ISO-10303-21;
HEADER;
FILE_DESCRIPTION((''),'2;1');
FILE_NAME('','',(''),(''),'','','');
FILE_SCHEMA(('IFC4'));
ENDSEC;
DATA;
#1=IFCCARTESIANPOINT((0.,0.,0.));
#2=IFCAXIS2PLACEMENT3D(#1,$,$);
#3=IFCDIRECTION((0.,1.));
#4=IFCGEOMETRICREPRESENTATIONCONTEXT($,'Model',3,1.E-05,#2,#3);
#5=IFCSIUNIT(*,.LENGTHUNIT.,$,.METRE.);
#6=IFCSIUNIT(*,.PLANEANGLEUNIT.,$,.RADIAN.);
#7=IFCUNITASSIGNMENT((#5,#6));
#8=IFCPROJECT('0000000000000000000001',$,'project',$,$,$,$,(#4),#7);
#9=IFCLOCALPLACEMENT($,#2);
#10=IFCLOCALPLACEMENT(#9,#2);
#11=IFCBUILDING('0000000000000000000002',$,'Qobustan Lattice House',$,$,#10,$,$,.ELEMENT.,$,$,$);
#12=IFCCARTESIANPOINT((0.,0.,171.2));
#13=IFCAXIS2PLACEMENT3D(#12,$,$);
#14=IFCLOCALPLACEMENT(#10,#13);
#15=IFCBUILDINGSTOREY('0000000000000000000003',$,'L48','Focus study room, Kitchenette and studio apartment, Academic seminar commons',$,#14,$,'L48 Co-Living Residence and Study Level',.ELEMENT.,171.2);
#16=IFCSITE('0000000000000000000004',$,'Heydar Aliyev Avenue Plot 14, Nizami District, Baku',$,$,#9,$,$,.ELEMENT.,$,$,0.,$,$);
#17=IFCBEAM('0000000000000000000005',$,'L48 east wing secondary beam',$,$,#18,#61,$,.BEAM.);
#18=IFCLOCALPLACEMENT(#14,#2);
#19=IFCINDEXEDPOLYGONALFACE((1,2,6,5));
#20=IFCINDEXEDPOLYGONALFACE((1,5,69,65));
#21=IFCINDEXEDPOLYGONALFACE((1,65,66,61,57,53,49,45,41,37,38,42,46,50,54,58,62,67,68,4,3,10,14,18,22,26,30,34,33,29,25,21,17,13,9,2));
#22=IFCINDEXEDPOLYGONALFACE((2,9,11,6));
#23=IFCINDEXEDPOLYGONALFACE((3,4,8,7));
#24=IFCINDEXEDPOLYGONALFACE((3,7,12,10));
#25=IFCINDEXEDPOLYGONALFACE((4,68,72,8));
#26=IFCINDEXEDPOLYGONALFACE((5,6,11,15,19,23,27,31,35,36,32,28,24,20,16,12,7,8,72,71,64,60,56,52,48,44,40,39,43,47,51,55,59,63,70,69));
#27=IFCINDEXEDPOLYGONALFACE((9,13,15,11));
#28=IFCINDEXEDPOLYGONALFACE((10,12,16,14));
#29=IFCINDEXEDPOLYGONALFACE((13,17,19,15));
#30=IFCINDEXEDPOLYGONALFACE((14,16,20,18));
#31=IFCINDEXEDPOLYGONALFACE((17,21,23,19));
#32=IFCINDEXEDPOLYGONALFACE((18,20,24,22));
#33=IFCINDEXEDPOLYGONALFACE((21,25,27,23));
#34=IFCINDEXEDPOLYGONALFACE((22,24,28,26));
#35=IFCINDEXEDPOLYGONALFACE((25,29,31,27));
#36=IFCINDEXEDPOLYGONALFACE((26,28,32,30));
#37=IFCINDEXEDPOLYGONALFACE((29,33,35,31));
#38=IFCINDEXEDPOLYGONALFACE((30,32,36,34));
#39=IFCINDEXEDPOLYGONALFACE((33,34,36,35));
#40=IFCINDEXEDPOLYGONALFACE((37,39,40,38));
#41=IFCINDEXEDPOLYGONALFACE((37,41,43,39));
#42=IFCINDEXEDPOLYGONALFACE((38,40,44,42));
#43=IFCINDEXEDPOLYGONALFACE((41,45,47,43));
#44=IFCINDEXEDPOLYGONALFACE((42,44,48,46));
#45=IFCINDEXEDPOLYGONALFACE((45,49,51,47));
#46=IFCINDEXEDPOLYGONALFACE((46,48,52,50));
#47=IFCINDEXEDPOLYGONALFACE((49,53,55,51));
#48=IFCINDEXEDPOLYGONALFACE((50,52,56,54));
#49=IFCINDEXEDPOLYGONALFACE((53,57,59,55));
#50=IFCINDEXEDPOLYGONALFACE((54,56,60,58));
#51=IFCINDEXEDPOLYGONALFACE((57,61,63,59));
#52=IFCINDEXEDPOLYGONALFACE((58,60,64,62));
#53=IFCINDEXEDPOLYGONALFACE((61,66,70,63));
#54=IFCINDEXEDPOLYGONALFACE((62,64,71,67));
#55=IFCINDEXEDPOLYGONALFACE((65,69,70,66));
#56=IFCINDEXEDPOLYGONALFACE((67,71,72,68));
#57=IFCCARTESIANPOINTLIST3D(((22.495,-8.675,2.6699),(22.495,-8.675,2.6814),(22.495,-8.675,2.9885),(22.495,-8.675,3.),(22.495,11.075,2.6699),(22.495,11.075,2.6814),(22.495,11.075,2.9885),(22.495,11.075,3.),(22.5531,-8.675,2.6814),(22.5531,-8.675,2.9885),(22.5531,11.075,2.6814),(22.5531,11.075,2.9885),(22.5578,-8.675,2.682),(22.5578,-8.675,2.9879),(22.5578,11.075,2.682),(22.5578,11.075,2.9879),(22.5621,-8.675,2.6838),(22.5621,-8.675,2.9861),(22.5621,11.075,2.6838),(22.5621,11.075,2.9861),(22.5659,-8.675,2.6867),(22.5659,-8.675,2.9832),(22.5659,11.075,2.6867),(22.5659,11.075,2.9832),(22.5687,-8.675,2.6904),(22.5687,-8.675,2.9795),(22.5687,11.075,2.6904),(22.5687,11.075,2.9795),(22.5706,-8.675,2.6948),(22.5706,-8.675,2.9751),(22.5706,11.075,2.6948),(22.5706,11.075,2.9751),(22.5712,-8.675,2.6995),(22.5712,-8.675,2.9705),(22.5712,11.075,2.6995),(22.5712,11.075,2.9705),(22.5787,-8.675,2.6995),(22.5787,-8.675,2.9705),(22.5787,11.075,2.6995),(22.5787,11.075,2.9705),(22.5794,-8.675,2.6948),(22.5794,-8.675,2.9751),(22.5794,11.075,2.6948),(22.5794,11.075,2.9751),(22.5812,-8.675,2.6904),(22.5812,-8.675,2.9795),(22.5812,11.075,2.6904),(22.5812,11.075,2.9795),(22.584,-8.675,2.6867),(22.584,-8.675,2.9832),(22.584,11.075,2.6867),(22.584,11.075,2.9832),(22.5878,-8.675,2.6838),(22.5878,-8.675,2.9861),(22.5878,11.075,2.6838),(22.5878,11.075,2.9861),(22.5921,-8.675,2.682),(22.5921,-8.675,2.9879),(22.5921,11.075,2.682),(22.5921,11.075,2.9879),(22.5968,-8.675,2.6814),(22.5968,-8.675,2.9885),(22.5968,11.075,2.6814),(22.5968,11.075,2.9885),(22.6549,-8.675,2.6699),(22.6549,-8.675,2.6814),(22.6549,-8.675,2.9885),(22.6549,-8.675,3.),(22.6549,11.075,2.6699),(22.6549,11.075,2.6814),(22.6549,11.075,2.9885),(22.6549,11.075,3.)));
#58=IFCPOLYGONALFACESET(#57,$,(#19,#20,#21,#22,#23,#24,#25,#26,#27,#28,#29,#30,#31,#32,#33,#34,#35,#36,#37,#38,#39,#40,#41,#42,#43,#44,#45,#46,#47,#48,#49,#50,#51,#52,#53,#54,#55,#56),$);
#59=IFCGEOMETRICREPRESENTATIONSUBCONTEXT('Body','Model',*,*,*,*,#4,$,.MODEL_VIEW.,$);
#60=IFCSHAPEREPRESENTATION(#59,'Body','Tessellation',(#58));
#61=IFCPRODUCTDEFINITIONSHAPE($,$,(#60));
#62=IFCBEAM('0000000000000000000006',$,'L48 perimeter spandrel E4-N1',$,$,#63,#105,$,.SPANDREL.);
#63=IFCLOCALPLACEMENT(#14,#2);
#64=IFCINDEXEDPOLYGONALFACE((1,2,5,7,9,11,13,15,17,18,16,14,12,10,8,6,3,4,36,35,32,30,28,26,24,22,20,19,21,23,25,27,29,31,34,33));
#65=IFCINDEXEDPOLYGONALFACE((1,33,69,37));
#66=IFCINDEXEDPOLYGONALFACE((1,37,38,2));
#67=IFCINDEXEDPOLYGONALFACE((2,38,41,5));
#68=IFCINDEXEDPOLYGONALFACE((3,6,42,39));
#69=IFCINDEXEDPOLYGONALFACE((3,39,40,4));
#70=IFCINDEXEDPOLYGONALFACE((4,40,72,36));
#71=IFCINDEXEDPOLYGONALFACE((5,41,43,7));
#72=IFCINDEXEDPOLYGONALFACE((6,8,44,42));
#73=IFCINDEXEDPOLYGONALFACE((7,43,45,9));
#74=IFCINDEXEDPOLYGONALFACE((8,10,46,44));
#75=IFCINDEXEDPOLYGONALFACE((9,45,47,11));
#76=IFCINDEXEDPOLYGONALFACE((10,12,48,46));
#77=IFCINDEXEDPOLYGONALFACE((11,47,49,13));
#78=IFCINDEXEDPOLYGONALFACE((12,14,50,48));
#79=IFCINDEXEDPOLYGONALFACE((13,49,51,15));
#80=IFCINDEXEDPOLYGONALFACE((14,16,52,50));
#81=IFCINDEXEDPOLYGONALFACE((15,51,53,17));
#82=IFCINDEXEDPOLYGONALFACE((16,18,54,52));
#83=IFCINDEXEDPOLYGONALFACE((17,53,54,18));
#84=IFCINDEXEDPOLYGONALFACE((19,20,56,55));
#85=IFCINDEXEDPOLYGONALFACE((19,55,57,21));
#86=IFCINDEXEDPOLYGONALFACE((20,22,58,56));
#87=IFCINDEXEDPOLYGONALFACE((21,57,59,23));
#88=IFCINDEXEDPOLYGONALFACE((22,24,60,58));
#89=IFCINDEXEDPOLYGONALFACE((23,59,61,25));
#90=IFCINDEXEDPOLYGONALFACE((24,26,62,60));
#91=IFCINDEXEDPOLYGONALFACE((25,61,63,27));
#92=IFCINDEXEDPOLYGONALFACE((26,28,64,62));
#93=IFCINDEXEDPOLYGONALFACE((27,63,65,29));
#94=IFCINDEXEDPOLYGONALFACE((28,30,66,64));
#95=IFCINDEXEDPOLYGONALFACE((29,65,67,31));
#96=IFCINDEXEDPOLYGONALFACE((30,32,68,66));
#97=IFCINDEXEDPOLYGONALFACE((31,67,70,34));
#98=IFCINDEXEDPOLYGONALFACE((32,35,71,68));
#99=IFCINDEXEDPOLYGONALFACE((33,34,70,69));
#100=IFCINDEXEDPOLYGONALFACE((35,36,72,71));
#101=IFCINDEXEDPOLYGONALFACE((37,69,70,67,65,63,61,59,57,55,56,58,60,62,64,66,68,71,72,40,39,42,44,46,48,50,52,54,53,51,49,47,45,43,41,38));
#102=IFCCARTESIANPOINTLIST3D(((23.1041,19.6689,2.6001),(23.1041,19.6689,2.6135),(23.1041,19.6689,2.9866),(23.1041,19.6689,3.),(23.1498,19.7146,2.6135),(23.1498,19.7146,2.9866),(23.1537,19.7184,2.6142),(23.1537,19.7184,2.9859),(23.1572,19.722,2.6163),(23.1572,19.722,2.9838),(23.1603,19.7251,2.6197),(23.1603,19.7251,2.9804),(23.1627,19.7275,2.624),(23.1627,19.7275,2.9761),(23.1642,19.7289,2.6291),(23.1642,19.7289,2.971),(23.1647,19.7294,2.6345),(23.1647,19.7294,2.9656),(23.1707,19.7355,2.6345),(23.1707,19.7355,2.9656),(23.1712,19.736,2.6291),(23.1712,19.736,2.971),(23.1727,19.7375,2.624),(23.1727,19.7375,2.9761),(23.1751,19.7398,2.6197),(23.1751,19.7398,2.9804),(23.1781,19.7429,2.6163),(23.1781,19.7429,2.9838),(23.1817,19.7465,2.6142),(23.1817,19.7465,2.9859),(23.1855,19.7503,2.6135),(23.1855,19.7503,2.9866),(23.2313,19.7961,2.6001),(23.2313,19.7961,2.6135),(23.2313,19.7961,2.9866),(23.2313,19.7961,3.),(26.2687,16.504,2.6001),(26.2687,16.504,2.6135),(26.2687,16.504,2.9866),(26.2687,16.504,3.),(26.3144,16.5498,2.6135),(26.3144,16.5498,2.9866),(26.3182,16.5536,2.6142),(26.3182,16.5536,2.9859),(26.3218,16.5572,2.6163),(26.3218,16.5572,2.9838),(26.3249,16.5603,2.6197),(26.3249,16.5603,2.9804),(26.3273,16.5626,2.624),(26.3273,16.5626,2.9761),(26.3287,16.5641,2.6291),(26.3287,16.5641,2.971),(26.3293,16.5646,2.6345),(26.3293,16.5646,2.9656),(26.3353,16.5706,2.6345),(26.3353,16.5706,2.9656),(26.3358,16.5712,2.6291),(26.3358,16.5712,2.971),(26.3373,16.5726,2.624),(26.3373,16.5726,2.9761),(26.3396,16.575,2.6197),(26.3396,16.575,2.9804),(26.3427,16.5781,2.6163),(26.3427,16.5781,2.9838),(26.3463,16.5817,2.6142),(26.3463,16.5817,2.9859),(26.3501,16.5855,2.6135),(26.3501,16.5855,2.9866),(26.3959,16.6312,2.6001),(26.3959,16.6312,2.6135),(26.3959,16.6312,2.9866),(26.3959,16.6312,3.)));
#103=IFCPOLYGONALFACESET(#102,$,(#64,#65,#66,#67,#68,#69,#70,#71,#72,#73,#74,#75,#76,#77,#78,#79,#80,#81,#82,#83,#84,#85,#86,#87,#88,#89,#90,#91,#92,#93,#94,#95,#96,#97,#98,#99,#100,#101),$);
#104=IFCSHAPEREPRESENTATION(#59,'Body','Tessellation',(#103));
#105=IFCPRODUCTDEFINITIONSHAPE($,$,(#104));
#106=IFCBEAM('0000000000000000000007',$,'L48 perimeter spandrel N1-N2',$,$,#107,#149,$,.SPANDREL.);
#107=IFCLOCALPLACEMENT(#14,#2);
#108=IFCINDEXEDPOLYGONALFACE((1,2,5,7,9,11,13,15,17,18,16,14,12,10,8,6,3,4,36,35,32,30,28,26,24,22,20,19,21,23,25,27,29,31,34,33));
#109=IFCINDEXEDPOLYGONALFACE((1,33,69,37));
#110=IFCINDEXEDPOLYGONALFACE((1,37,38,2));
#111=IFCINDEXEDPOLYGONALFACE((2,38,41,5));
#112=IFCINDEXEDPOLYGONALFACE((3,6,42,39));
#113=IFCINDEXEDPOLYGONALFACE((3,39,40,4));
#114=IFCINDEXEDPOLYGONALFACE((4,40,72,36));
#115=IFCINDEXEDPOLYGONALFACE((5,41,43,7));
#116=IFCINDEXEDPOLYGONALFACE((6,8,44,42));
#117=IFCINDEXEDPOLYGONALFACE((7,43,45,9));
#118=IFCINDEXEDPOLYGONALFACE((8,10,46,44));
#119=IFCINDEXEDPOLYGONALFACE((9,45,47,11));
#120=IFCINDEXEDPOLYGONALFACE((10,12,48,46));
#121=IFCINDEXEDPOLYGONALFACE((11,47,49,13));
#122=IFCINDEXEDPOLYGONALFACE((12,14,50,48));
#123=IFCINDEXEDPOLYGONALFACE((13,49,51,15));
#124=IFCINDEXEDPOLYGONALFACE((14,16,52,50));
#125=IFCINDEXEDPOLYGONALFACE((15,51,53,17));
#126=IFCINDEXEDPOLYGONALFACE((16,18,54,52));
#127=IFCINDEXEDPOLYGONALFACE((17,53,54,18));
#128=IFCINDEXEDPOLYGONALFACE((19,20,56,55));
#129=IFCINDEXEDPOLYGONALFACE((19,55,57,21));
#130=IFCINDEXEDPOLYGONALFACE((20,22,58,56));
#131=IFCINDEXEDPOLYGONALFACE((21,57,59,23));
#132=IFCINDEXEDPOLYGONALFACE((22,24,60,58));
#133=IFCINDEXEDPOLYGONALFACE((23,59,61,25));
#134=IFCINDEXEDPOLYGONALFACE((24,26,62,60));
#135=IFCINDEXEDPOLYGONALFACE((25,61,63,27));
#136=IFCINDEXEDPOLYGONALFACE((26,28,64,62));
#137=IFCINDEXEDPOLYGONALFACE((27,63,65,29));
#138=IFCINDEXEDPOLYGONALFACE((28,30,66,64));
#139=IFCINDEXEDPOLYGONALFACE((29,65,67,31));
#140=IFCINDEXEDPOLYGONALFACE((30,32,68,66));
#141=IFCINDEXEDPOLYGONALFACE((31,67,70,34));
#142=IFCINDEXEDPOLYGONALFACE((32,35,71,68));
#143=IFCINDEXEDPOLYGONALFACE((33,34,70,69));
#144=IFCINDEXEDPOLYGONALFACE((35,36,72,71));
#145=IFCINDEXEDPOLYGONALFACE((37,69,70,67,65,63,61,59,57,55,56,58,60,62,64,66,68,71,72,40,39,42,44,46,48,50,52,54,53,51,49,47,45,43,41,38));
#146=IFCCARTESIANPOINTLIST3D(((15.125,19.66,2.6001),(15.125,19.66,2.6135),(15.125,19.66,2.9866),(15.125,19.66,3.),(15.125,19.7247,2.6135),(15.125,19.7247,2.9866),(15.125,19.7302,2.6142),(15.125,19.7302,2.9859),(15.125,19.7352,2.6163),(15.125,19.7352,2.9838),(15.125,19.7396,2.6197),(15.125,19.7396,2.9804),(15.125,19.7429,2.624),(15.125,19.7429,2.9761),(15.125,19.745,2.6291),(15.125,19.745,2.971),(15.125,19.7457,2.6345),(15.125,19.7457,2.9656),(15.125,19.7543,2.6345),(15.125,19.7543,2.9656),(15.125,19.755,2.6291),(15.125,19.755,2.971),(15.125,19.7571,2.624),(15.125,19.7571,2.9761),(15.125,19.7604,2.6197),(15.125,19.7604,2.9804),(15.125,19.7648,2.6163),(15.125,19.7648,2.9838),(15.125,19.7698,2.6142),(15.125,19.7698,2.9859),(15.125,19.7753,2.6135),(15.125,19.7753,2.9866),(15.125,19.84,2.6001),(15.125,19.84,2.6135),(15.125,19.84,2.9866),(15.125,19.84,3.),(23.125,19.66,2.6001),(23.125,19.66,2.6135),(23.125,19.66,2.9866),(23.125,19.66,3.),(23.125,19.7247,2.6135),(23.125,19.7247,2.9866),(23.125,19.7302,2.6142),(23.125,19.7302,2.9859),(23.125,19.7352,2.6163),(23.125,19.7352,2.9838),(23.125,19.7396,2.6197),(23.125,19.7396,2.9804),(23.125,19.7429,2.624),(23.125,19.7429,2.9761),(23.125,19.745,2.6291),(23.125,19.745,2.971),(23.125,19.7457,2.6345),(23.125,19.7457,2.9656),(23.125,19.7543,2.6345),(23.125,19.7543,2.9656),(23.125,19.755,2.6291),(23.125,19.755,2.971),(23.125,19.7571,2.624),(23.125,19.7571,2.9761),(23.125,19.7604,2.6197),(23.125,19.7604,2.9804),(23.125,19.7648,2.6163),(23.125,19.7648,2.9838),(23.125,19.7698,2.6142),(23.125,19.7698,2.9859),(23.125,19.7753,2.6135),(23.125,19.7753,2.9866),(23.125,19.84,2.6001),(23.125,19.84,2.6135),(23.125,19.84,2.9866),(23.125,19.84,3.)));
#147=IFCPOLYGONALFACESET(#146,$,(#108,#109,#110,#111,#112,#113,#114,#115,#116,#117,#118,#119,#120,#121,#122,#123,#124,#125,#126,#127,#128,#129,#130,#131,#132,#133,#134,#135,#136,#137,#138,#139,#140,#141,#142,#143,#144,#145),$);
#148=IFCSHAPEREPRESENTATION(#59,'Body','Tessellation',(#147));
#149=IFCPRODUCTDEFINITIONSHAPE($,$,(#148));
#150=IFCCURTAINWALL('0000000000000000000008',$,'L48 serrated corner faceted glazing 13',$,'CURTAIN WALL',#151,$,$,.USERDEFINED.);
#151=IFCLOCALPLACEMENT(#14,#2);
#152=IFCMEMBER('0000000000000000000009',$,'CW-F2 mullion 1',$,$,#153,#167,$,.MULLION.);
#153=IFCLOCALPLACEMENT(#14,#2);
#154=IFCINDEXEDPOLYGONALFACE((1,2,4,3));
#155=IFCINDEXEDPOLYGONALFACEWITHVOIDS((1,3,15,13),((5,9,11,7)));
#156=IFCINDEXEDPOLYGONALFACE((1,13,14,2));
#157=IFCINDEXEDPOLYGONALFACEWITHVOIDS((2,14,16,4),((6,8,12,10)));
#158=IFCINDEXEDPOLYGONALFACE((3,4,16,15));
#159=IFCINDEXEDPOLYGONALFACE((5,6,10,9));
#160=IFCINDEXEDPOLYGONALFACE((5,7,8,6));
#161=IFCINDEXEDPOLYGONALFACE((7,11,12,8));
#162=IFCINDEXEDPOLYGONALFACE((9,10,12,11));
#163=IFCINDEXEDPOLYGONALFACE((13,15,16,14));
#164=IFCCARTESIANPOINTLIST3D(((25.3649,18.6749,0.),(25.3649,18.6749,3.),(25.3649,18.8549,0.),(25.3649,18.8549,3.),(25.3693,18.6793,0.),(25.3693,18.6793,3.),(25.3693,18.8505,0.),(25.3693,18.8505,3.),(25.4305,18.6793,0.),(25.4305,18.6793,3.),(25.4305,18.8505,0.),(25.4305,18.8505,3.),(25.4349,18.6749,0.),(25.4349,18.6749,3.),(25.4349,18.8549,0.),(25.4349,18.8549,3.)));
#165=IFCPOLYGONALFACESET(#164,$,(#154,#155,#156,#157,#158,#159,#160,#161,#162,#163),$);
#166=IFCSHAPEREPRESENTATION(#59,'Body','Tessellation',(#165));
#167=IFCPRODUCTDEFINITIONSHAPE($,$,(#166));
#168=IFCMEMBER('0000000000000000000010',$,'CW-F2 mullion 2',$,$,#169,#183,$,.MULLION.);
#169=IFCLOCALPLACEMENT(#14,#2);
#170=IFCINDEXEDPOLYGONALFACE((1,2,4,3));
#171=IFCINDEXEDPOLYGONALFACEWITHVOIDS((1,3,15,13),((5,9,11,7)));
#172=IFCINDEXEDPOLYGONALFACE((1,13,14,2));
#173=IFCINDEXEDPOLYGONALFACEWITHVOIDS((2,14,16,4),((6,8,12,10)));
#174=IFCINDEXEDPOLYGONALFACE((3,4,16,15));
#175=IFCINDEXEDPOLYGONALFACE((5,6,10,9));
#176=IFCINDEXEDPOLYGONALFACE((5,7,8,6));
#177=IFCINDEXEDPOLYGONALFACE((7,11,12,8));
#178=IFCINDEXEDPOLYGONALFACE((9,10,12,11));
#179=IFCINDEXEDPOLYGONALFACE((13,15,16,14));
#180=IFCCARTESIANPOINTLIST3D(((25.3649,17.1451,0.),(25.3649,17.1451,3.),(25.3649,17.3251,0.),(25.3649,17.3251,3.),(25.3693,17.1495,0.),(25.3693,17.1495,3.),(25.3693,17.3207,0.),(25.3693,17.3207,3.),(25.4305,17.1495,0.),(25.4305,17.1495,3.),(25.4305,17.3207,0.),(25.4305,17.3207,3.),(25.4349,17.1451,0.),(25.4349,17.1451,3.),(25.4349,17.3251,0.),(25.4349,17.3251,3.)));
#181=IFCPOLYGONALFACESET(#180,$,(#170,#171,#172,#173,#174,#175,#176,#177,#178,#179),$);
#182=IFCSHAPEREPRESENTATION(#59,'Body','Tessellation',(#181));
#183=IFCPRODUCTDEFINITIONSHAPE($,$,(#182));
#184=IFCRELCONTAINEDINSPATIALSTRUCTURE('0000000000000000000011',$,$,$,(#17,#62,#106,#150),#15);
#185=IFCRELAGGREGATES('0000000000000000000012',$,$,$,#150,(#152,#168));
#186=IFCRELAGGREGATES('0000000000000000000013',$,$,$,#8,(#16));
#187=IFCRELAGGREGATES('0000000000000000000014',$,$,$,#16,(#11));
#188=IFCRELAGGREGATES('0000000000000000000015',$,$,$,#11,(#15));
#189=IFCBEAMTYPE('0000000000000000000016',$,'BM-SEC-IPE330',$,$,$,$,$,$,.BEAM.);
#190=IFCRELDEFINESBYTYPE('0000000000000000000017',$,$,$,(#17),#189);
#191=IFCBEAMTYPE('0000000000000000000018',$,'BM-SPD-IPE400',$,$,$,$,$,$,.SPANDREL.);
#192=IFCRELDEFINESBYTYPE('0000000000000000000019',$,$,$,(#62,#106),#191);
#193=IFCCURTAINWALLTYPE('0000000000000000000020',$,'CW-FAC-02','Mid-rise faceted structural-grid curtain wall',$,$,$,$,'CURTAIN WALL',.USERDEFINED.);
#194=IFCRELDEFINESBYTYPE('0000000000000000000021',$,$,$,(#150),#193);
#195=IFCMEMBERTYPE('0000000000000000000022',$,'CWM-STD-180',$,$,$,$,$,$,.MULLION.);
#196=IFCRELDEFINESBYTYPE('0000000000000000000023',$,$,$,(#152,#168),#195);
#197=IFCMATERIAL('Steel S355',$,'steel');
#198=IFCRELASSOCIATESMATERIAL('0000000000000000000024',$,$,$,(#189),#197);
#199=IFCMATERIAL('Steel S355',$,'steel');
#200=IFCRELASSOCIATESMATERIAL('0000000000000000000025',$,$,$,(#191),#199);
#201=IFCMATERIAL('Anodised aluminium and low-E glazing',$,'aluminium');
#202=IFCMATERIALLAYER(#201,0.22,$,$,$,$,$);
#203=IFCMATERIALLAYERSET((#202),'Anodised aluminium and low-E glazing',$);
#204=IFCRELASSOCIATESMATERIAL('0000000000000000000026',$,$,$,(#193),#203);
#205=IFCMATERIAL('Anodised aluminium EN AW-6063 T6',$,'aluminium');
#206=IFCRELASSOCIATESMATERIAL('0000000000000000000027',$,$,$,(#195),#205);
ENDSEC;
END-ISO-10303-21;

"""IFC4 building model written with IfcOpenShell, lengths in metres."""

from ifc_helpers import new_model, si_unit, direction, frame, origin, origin_2d, place, context, subcontext, project, spatial, hollow_rectangle, i_section, extrude, material, layer, layer_set, material_profile, profile_set, type_object, element, aggregate, save


model = new_model("IFC4")

# Units and contexts
model_context = context("Model", 3, precision=1e-05, world=origin(), true_north=direction((0.0, 1.0)))
body_context = subcontext(model_context, "Body", "Model", "MODEL_VIEW")
ifc_project = project(units=[si_unit("LENGTHUNIT", "METRE"), si_unit("PLANEANGLEUNIT", "RADIAN")], contexts=[model_context])

# Site, building, storey
site_placement = place(None, origin())
site = spatial("IfcSite", under=ifc_project, at=site_placement, Name="Heydar Aliyev Avenue Plot 14, Nizami District, Baku", CompositionType="ELEMENT", RefElevation=0.0)
building_placement = place(site_placement, origin())
building = spatial("IfcBuilding", under=site, at=building_placement, Name="Qobustan Lattice House", CompositionType="ELEMENT")
storey_placement = place(building_placement, frame((0.0, 0.0, 171.2)))
storey = spatial("IfcBuildingStorey", under=building, at=storey_placement, Name="L48", Description="Focus study room, Kitchenette and studio apartment, Academic seminar commons", LongName="L48 Co-Living Residence and Study Level", CompositionType="ELEMENT", Elevation=171.2)

# Beams
ifc_material_1 = material(Name="Steel S355", Category="steel")
ifc_material_profile_1 = material_profile(ifc_material_1, i_section(OverallWidth=0.1599, OverallDepth=0.3301, WebThickness=0.0076, FlangeThickness=0.0115, FilletRadius=0.0181, at=origin_2d()), Name="IPE330")
ifc_profile_set_1 = profile_set([ifc_material_profile_1], Name="Steel S355")
beam_type_1 = type_object("IfcBeamType", Name="BM-SEC-IPE330", PredefinedType="BEAM", material=ifc_profile_set_1)
beam_1_placement = place(storey_placement, frame((22.575, 11.075, 2.835), z_axis=(0.0, -1.0, 0.0), x_axis=(1.0, 0.0, 0.0)))
element("IfcBeam", 1, at=beam_1_placement, inside=storey, type_object=beam_type_1, Name="L48 east wing secondary beam", PredefinedType="BEAM", context=body_context, shape_type="SweptSolid", body=[
    extrude(i_section(OverallWidth=0.1599, OverallDepth=0.3301, WebThickness=0.0076, FlangeThickness=0.0115, FilletRadius=0.0181, at=origin_2d()), origin(), (0.0, 0.0, 1.0), 19.75),
])
ifc_material_2 = material(Name="Steel S355", Category="steel")
ifc_material_profile_2 = material_profile(ifc_material_2, i_section(OverallWidth=0.1799, OverallDepth=0.3999, WebThickness=0.0085, FlangeThickness=0.0134, FilletRadius=0.021, at=origin_2d()), Name="IPE400")
ifc_profile_set_2 = profile_set([ifc_material_profile_2], Name="Steel S355")
beam_type_2 = type_object("IfcBeamType", Name="BM-SPD-IPE400", PredefinedType="SPANDREL", material=ifc_profile_set_2)
beam_2_placement = place(storey_placement, frame((26.3323, 16.5676, 2.8), z_axis=(-0.70708, 0.707134, 0.0), x_axis=(-0.707134, -0.70708, 0.0)))
element("IfcBeam", 2, at=beam_2_placement, inside=storey, type_object=beam_type_2, Name="L48 perimeter spandrel E4-N1", PredefinedType="SPANDREL", context=body_context, shape_type="SweptSolid", body=[
    extrude(i_section(OverallWidth=0.1799, OverallDepth=0.3999, WebThickness=0.0085, FlangeThickness=0.0134, FilletRadius=0.021, at=origin_2d()), origin(), (0.0, 0.0, 1.0), 4.4756),
])
beam_3_placement = place(storey_placement, frame((23.125, 19.75, 2.8), z_axis=(-1.0, 0.0, 0.0), x_axis=(0.0, -1.0, 0.0)))
element("IfcBeam", 3, at=beam_3_placement, inside=storey, type_object=beam_type_2, Name="L48 perimeter spandrel N1-N2", PredefinedType="SPANDREL", context=body_context, shape_type="SweptSolid", body=[
    extrude(i_section(OverallWidth=0.1799, OverallDepth=0.3999, WebThickness=0.0085, FlangeThickness=0.0134, FilletRadius=0.021, at=origin_2d()), origin(), (0.0, 0.0, 1.0), 8.0),
])

# Curtain wall, members
ifc_material_3 = material(Name="Anodised aluminium and low-E glazing", Category="aluminium")
ifc_layer_1 = layer(ifc_material_3, 0.22)
ifc_layer_set_1 = layer_set([ifc_layer_1], Name="Anodised aluminium and low-E glazing")
curtain_wall_type = type_object("IfcCurtainWallType", Name="CW-FAC-02", Description="Mid-rise faceted structural-grid curtain wall", ElementType="CURTAIN WALL", PredefinedType="USERDEFINED", material=ifc_layer_set_1)
curtain_wall_placement = place(storey_placement, origin())
curtain_wall = element("IfcCurtainWall", 4, at=curtain_wall_placement, inside=storey, type_object=curtain_wall_type, Name="L48 serrated corner faceted glazing 13", ObjectType="CURTAIN WALL", PredefinedType="USERDEFINED")
ifc_material_4 = material(Name="Anodised aluminium EN AW-6063 T6", Category="aluminium")
ifc_material_profile_3 = material_profile(ifc_material_4, hollow_rectangle(XDim=0.0701, YDim=0.1799, WallThickness=0.0044, at=origin_2d()), Name="CWM-180x70")
ifc_profile_set_3 = profile_set([ifc_material_profile_3], Name="Anodised aluminium EN AW-6063 T6")
member_type_1 = type_object("IfcMemberType", Name="CWM-STD-180", PredefinedType="MULLION", material=ifc_profile_set_3)
member_1_placement = place(storey_placement, frame((25.3999, 18.7649, 0.0), z_axis=(0.0, 0.0, 1.0), x_axis=(1.0, 0.0, 0.0)))
member_1 = element("IfcMember", 5, at=member_1_placement, type_object=member_type_1, Name="CW-F2 mullion 1", PredefinedType="MULLION", context=body_context, shape_type="SweptSolid", body=[
    extrude(hollow_rectangle(XDim=0.0701, YDim=0.1799, WallThickness=0.0044, at=origin_2d()), origin(), (0.0, 0.0, 1.0), 3.0),
])
member_2_placement = place(storey_placement, frame((25.3999, 17.2351, 0.0), z_axis=(0.0, 0.0, 1.0), x_axis=(1.0, 0.0, 0.0)))
member_2 = element("IfcMember", 6, at=member_2_placement, type_object=member_type_1, Name="CW-F2 mullion 2", PredefinedType="MULLION", context=body_context, shape_type="SweptSolid", body=[
    extrude(hollow_rectangle(XDim=0.0701, YDim=0.1799, WallThickness=0.0044, at=origin_2d()), origin(), (0.0, 0.0, 1.0), 3.0),
])
aggregate(curtain_wall, [member_1, member_2])

save(model, "model.ifc")
